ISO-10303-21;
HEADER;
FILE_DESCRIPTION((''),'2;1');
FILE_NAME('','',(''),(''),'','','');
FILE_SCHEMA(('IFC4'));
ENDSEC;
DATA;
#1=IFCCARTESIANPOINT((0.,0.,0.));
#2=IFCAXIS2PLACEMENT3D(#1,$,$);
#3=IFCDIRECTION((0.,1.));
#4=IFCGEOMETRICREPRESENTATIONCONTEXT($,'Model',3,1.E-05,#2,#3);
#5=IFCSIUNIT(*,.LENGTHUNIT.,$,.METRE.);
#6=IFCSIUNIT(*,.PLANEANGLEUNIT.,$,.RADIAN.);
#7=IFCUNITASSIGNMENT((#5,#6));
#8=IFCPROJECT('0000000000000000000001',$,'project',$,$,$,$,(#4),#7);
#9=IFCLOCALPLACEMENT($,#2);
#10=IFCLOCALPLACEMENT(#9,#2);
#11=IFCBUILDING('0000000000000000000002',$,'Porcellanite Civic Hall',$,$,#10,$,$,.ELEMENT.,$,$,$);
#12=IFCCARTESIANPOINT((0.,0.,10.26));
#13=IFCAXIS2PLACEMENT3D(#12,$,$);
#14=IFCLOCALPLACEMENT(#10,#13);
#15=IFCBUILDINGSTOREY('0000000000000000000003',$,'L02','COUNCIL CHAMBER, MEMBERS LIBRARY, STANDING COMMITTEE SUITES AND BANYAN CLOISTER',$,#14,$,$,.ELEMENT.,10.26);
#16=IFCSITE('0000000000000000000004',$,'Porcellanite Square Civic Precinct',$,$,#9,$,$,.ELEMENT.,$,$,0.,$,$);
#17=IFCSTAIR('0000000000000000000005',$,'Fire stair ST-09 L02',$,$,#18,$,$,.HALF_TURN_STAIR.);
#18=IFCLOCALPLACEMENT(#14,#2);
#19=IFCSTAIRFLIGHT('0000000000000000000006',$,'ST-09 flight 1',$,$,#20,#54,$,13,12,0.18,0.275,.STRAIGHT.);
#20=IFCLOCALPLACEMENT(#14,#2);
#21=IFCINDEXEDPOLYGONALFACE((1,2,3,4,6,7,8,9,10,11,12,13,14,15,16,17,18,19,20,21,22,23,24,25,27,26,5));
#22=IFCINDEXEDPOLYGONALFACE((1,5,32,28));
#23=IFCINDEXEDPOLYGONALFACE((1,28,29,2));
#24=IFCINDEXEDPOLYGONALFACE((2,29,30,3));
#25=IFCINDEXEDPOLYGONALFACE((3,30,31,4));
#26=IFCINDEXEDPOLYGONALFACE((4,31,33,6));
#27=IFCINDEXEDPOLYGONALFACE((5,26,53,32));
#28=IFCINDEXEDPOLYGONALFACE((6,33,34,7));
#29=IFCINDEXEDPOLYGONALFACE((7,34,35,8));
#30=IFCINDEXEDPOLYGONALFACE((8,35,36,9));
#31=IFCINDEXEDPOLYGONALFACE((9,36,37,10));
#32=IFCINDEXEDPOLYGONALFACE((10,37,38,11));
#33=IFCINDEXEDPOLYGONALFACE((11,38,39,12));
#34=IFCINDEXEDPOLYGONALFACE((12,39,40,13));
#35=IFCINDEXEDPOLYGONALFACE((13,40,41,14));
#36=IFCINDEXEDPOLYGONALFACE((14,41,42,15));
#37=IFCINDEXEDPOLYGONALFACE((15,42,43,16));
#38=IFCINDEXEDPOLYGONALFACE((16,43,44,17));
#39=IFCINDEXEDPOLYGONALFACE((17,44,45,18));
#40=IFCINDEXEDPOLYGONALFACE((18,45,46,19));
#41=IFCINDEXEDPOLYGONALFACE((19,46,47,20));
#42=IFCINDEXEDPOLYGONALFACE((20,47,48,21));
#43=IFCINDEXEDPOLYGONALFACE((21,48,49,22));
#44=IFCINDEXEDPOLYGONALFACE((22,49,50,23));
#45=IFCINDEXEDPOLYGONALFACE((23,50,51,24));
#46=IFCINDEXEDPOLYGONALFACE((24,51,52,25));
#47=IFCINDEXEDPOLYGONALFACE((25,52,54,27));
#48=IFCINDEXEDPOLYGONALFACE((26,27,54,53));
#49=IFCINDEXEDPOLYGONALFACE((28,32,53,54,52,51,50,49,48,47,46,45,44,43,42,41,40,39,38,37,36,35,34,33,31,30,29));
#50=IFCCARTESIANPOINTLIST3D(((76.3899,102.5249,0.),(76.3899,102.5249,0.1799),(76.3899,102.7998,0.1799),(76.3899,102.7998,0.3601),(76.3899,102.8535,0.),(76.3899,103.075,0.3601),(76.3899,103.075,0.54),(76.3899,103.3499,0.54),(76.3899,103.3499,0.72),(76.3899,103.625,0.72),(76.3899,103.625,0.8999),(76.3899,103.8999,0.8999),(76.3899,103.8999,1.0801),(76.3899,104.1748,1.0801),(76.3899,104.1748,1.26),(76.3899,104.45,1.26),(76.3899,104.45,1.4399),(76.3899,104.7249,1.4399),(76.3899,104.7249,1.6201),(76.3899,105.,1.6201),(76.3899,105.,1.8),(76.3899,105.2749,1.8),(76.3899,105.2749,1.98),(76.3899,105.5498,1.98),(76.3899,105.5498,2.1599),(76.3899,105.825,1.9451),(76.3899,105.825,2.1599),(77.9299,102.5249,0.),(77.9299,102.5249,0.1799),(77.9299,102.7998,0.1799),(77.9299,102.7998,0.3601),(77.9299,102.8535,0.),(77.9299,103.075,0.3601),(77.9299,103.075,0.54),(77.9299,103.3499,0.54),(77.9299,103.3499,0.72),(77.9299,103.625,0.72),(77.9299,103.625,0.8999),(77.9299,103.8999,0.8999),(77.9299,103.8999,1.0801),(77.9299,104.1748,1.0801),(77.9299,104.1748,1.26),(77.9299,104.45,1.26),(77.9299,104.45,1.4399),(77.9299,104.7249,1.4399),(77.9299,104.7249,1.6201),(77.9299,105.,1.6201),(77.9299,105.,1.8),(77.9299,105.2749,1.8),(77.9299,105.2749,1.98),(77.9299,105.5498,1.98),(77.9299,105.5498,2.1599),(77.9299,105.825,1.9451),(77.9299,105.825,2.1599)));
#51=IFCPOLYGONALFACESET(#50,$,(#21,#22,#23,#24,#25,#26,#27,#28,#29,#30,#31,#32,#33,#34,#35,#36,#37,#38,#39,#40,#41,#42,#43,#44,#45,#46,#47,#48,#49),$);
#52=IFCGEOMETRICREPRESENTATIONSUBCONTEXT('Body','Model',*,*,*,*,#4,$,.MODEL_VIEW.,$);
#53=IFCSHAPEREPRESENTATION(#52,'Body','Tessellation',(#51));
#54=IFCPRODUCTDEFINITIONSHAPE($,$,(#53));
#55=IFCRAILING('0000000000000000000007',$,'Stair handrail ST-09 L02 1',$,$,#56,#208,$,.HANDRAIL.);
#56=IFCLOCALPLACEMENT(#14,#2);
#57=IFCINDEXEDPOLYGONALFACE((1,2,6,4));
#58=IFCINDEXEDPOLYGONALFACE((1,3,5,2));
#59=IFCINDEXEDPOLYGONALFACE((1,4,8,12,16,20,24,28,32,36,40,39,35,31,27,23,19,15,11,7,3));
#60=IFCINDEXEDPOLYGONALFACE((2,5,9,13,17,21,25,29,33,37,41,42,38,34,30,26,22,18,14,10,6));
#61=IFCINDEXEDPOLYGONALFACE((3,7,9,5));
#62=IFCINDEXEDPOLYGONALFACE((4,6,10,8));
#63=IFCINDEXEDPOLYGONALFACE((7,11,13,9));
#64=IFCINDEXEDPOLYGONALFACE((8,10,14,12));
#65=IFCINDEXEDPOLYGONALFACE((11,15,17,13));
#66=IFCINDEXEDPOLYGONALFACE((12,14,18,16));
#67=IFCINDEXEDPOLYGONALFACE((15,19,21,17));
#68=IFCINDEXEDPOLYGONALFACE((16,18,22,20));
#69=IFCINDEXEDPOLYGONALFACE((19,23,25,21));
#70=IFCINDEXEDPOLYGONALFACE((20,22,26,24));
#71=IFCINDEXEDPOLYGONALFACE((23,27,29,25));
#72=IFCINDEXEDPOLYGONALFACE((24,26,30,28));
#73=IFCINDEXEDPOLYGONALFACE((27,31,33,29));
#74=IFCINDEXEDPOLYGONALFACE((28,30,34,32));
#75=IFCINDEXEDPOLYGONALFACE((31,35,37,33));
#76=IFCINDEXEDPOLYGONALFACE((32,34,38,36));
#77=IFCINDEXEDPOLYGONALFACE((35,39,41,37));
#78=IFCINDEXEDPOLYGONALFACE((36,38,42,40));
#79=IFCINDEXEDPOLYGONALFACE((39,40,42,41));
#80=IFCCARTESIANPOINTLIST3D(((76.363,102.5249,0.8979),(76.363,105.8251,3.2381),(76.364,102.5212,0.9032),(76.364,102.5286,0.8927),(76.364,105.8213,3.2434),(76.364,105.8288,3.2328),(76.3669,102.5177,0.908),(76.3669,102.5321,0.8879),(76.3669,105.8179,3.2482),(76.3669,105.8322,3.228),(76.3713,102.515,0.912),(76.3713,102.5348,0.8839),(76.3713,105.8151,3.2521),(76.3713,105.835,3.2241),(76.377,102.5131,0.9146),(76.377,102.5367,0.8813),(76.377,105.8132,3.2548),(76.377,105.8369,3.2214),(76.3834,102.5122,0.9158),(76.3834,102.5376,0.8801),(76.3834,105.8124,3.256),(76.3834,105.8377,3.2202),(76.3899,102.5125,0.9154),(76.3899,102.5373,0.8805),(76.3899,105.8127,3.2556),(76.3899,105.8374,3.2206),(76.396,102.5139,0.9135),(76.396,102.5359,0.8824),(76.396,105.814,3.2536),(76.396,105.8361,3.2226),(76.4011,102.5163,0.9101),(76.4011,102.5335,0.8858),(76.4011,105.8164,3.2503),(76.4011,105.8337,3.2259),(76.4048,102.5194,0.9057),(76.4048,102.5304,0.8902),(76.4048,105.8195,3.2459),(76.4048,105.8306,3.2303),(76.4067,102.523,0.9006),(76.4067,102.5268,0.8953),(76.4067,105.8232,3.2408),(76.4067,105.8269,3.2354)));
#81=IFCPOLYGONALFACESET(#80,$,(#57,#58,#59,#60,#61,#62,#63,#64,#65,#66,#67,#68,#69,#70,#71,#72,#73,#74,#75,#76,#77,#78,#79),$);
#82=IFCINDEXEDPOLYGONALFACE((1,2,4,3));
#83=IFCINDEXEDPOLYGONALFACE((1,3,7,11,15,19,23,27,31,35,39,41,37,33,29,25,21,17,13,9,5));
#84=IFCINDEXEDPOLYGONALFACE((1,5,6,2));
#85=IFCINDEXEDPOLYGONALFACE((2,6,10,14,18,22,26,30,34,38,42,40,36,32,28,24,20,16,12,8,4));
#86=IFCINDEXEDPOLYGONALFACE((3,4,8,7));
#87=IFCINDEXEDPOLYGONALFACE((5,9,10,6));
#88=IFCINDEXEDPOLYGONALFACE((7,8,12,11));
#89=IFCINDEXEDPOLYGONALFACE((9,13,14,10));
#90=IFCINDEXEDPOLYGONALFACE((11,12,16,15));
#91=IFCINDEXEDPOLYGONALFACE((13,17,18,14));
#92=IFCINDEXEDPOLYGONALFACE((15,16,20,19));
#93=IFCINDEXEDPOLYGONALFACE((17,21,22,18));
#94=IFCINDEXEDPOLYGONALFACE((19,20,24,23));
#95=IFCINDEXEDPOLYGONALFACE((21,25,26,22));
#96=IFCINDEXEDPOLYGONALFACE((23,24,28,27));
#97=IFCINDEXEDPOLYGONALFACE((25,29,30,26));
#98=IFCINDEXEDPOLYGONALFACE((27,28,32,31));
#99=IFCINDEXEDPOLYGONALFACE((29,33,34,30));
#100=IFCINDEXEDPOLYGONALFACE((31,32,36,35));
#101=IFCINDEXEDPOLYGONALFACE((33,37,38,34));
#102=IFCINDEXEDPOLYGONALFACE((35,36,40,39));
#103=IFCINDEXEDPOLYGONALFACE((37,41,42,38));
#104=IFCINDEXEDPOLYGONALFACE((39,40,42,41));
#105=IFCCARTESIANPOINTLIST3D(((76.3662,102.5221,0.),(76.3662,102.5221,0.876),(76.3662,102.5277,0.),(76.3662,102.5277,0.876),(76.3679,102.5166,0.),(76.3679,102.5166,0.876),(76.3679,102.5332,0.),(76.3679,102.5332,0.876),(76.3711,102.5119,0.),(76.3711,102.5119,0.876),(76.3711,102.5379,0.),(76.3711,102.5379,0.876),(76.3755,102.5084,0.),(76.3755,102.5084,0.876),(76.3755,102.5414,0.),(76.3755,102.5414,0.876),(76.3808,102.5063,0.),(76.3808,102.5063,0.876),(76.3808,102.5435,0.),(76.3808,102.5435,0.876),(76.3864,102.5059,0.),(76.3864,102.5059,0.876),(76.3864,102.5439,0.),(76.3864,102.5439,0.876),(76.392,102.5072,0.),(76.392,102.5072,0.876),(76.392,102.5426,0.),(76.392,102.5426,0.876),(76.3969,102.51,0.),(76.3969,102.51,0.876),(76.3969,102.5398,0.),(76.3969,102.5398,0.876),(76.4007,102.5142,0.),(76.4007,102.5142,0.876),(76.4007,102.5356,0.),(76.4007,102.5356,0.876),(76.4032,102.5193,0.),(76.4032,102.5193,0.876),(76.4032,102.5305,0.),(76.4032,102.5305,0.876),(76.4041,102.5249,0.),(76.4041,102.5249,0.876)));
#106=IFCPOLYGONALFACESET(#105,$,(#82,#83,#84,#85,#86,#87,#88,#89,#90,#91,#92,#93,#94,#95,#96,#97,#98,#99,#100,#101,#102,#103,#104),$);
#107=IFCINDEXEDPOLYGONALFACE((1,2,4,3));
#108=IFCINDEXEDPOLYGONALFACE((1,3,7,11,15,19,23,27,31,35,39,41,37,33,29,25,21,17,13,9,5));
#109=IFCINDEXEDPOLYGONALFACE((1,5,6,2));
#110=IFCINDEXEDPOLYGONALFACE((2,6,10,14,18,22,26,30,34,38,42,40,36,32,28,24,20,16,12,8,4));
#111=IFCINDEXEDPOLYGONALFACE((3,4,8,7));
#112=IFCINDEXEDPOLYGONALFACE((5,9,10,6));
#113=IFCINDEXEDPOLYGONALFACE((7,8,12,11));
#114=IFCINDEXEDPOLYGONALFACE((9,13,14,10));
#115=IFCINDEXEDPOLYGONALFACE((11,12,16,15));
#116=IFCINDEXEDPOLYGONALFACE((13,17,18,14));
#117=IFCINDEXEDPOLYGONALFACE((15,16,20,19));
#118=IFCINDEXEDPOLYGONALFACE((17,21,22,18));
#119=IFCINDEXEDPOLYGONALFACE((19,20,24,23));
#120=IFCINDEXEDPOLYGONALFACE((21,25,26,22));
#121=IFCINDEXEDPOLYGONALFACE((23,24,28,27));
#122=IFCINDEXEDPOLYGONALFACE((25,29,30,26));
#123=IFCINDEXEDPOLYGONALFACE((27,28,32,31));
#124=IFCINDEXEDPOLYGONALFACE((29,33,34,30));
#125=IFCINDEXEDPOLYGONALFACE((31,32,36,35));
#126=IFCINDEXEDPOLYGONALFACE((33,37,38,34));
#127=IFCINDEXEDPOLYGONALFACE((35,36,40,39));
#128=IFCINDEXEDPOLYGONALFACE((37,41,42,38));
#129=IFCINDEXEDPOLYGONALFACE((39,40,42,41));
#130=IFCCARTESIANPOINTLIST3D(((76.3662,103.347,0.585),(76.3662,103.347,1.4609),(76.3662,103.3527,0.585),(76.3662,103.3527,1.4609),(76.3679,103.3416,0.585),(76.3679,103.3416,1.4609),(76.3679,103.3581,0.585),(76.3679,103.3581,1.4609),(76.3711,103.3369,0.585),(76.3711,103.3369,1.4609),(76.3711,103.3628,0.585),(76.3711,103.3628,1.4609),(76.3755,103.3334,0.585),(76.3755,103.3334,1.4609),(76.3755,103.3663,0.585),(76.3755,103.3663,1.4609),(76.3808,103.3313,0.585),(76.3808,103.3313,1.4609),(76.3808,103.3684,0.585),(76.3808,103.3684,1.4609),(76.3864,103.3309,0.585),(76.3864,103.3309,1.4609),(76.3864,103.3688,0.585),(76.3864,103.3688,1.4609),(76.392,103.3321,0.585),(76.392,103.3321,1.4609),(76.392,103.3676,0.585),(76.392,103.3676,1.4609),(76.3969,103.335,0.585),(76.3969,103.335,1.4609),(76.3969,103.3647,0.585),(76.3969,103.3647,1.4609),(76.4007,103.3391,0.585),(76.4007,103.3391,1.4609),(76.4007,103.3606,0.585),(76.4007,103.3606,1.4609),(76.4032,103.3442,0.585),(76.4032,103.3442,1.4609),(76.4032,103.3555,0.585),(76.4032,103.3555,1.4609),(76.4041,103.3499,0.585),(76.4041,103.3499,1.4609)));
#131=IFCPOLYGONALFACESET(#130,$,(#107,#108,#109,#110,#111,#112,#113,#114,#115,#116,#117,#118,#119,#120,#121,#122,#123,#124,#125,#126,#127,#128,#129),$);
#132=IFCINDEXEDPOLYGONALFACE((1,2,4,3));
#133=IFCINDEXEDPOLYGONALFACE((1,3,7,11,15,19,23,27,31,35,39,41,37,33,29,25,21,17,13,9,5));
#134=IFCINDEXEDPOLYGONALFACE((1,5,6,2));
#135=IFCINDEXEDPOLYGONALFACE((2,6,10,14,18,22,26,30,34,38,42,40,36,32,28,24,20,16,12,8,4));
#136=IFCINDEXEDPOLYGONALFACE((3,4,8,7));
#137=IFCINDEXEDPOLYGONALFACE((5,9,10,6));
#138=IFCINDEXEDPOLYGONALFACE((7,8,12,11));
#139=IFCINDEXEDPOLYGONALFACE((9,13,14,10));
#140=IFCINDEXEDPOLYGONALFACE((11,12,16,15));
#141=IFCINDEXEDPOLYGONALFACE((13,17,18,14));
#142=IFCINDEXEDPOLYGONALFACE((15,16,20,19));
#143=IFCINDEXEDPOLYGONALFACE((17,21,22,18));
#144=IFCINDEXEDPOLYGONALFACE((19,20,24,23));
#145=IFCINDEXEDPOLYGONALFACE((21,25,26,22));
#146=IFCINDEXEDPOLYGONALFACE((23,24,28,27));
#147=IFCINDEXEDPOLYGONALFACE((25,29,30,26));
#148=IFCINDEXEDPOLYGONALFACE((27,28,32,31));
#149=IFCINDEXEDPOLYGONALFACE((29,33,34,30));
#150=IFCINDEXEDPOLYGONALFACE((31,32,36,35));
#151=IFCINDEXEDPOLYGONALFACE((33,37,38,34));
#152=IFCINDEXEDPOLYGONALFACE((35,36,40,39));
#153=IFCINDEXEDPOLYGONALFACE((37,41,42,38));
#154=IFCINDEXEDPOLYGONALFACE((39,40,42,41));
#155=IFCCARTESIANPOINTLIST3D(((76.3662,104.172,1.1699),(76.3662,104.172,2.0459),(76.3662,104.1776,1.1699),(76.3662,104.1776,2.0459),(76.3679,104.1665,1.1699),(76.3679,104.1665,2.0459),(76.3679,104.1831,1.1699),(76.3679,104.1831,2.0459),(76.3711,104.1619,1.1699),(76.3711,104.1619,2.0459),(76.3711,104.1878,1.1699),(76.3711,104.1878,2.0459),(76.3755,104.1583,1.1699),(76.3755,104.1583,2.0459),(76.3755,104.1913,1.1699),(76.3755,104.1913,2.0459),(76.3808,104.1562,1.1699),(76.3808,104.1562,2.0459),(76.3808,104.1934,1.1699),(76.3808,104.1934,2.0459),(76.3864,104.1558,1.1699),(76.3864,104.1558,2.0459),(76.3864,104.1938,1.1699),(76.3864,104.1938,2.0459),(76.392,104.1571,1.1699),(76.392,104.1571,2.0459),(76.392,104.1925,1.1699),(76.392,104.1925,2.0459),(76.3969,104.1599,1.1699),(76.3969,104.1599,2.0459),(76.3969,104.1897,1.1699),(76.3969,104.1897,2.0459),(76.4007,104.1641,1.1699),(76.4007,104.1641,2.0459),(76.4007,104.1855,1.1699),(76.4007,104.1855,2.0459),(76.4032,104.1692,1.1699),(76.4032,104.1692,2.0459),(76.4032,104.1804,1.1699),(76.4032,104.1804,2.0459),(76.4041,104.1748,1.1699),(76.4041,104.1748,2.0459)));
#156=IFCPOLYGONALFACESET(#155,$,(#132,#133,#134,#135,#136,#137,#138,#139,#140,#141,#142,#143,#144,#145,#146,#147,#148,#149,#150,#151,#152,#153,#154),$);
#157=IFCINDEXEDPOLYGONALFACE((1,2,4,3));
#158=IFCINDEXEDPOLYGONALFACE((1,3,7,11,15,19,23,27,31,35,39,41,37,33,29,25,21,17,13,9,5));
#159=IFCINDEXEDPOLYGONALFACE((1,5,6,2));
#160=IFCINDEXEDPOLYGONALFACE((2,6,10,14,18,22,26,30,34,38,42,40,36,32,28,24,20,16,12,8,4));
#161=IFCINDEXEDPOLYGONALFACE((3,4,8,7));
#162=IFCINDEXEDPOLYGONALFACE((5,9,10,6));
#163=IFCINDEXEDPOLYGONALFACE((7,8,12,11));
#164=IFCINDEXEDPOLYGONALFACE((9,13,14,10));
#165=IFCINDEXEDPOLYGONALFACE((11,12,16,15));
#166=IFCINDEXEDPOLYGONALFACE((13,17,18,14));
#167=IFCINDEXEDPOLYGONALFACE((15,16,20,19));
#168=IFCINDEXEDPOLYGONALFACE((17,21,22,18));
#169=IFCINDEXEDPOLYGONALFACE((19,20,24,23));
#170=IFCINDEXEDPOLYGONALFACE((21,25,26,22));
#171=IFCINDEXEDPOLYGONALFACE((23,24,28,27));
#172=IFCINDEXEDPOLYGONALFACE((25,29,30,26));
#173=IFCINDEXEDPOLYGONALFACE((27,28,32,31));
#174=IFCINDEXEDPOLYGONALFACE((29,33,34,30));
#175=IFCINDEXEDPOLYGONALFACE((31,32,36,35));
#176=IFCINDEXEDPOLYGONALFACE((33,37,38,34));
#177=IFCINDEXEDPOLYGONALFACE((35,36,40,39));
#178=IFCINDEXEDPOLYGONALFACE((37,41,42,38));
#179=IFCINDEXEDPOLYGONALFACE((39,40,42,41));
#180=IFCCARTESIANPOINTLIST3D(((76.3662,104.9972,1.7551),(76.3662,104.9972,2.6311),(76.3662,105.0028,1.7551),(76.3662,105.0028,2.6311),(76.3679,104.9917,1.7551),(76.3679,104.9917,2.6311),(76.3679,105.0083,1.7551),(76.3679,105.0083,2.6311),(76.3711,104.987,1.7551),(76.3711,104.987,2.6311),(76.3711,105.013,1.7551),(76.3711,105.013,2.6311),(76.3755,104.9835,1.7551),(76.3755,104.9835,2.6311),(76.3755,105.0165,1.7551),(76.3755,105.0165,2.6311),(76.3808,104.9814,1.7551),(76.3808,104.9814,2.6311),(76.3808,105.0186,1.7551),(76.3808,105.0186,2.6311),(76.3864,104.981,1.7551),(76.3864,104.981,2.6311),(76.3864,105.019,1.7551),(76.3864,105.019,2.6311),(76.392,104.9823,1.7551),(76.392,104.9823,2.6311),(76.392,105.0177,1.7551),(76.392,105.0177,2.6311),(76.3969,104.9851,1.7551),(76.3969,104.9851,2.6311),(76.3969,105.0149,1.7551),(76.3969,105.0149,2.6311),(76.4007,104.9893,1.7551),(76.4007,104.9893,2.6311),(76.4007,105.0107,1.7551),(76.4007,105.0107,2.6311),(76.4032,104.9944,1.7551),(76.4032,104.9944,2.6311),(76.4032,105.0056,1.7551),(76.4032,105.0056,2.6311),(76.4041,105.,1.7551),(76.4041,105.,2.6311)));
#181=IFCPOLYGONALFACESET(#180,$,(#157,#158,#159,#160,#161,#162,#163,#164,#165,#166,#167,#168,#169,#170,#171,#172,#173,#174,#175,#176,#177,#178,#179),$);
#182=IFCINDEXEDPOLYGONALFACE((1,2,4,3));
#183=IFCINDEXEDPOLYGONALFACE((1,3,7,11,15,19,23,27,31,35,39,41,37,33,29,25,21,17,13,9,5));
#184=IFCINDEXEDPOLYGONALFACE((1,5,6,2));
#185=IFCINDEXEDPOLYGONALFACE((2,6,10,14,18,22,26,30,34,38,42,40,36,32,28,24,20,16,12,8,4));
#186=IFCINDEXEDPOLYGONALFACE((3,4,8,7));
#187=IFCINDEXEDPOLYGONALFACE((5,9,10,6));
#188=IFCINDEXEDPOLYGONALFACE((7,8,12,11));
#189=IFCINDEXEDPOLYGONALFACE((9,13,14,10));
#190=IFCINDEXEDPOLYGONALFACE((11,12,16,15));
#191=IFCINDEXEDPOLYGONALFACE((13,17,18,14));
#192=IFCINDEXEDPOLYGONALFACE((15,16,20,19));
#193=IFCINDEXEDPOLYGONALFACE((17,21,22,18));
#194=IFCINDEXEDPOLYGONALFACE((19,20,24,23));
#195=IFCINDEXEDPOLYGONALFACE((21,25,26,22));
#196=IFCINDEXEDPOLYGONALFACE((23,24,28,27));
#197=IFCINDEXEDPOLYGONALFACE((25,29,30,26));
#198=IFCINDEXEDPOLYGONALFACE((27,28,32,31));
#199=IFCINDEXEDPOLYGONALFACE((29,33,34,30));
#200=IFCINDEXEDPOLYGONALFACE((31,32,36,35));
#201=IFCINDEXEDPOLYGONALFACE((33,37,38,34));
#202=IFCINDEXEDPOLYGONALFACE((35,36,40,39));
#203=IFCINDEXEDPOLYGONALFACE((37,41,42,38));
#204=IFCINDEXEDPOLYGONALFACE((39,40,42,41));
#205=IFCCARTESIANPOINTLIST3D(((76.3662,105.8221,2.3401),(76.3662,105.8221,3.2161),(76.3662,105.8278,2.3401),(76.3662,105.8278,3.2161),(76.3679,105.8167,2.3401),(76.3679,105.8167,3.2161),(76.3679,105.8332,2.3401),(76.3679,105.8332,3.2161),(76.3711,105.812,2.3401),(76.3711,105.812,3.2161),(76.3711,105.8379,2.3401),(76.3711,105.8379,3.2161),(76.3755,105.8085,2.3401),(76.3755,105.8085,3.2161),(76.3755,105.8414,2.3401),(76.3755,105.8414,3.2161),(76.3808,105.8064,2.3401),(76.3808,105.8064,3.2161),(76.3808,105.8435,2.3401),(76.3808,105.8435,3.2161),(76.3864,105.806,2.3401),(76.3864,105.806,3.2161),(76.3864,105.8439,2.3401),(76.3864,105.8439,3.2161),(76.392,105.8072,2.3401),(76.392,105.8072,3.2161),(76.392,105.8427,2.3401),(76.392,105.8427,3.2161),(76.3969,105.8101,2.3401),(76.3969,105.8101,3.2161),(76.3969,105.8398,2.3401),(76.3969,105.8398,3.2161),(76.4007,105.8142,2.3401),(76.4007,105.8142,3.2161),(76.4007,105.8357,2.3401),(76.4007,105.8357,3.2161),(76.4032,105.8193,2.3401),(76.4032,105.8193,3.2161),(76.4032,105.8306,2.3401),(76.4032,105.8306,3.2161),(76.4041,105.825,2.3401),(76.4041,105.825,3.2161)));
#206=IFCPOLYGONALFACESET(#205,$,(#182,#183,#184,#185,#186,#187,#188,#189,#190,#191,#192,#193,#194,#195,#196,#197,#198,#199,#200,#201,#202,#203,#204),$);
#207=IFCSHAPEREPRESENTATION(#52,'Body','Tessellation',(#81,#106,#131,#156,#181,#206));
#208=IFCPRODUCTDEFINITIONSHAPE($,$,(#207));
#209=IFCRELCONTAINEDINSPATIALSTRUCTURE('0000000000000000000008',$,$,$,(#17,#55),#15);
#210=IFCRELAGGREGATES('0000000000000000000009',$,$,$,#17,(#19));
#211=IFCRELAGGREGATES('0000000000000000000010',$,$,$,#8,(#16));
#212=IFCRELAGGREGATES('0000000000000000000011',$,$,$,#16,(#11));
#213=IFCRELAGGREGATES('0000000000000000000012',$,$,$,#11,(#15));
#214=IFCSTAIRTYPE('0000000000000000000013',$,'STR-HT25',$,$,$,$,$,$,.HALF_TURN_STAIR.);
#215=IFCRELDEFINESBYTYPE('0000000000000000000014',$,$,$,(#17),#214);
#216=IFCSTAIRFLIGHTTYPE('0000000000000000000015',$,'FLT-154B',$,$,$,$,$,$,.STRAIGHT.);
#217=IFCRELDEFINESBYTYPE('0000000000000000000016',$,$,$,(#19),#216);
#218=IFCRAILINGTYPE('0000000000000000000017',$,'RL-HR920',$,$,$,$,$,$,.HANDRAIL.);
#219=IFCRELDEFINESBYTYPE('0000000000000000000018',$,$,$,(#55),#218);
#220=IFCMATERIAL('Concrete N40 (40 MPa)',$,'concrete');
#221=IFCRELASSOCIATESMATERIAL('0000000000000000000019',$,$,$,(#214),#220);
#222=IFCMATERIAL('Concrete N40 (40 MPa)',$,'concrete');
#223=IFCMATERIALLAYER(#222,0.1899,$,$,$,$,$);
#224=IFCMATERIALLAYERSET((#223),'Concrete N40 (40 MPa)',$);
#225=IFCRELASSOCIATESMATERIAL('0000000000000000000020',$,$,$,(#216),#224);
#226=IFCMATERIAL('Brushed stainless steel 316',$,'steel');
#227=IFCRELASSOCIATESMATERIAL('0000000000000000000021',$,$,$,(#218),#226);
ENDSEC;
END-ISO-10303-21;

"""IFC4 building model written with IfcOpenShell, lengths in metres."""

from ifc_helpers import new_model, si_unit, direction, frame, origin, origin_2d, place, context, subcontext, project, spatial, polyline, circle, outline, extrude, material, layer, layer_set, type_object, element, aggregate, save


model = new_model("IFC4")

# Units and contexts
model_context = context("Model", 3, precision=1e-05, world=origin(), true_north=direction((0.0, 1.0)))
body_context = subcontext(model_context, "Body", "Model", "MODEL_VIEW")
ifc_project = project(units=[si_unit("LENGTHUNIT", "METRE"), si_unit("PLANEANGLEUNIT", "RADIAN")], contexts=[model_context])

# Site, building, storey
site_placement = place(None, origin())
site = spatial("IfcSite", under=ifc_project, at=site_placement, Name="Porcellanite Square Civic Precinct", CompositionType="ELEMENT", RefElevation=0.0)
building_placement = place(site_placement, origin())
building = spatial("IfcBuilding", under=site, at=building_placement, Name="Porcellanite Civic Hall", CompositionType="ELEMENT")
storey_placement = place(building_placement, frame((0.0, 0.0, 10.26)))
storey = spatial("IfcBuildingStorey", under=building, at=storey_placement, Name="L02", Description="COUNCIL CHAMBER, MEMBERS LIBRARY, STANDING COMMITTEE SUITES AND BANYAN CLOISTER", CompositionType="ELEMENT", Elevation=10.26)

# Stair, stair flight
ifc_material_1 = material(Name="Concrete N40 (40 MPa)", Category="concrete")
stair_type = type_object("IfcStairType", Name="STR-HT25", PredefinedType="HALF_TURN_STAIR", material=ifc_material_1)
stair_placement = place(storey_placement, origin())
stair = element("IfcStair", 1, at=stair_placement, inside=storey, type_object=stair_type, Name="Fire stair ST-09 L02", PredefinedType="HALF_TURN_STAIR")
ifc_material_2 = material(Name="Concrete N40 (40 MPa)", Category="concrete")
ifc_layer_1 = layer(ifc_material_2, 0.1899)
ifc_layer_set_1 = layer_set([ifc_layer_1], Name="Concrete N40 (40 MPa)")
stair_flight_type = type_object("IfcStairFlightType", Name="FLT-154B", PredefinedType="STRAIGHT", material=ifc_layer_set_1)
stair_flight_placement = place(storey_placement, frame((77.1599, 102.5249, 0.0), z_axis=(0.0, 0.0, 1.0), x_axis=(0.0, 1.0, 0.0)))
stair_flight = element("IfcStairFlight", 2, at=stair_flight_placement, type_object=stair_flight_type, Name="ST-09 flight 1", NumberOfRisers=13, NumberOfTreads=12, PredefinedType="STRAIGHT", RiserHeight=0.18, TreadLength=0.275, context=body_context, shape_type="SweptSolid", body=[
    extrude(outline(polyline([(0.0, 0.0), (0.0, 0.1799), (0.2749, 0.1799), (0.2749, 0.3601), (0.55, 0.3601), (0.55, 0.54), (0.825, 0.54), (0.825, 0.72), (1.1001, 0.72), (1.1001, 0.8999), (1.375, 0.8999), (1.375, 1.0801), (1.6499, 1.0801), (1.6499, 1.26), (1.925, 1.26), (1.925, 1.4399), (2.2, 1.4399), (2.2, 1.6201), (2.4751, 1.6201), (2.4751, 1.8), (2.75, 1.8), (2.75, 1.98), (3.0249, 1.98), (3.0249, 2.1599), (3.3, 2.1599), (3.3, 2.3401), (3.3, 1.9451), (0.3286, 0.0), (0.0, 0.0)])), frame((0.0, 0.77, 0.0), z_axis=(0.0, -1.0, 0.0), x_axis=(1.0, 0.0, 0.0)), (0.0, 0.0, 1.0), 1.54),
])
aggregate(stair, [stair_flight])

# Railing
ifc_material_3 = material(Name="Brushed stainless steel 316", Category="steel")
railing_type = type_object("IfcRailingType", Name="RL-HR920", PredefinedType="HANDRAIL", material=ifc_material_3)
railing_placement = place(storey_placement, frame((76.385, 102.5249, 0.0)))
element("IfcRailing", 3, at=railing_placement, inside=storey, type_object=railing_type, Name="Stair handrail ST-09 L02 1", PredefinedType="HANDRAIL", context=body_context, shape_type="SweptSolid", body=[
    extrude(circle(Radius=0.022, at=origin_2d()), frame((0.0, 0.0, 0.8979), z_axis=(0.0, 0.815727, 0.578438), x_axis=(-1.0, 0.0, 0.0)), (0.0, 0.0, 1.0), 4.0457),
    extrude(circle(Radius=0.019, at=origin_2d()), origin(), (0.0, 0.0, 1.0), 0.876),
    extrude(circle(Radius=0.019, at=origin_2d()), frame((0.0, 0.825, 0.585)), (0.0, 0.0, 1.0), 0.876),
    extrude(circle(Radius=0.019, at=origin_2d()), frame((0.0, 1.6499, 1.1699)), (0.0, 0.0, 1.0), 0.876),
    extrude(circle(Radius=0.019, at=origin_2d()), frame((0.0, 2.4751, 1.7551)), (0.0, 0.0, 1.0), 0.876),
    extrude(circle(Radius=0.019, at=origin_2d()), frame((0.0, 3.3, 2.3401)), (0.0, 0.0, 1.0), 0.876),
])

save(model, "model.ifc")
